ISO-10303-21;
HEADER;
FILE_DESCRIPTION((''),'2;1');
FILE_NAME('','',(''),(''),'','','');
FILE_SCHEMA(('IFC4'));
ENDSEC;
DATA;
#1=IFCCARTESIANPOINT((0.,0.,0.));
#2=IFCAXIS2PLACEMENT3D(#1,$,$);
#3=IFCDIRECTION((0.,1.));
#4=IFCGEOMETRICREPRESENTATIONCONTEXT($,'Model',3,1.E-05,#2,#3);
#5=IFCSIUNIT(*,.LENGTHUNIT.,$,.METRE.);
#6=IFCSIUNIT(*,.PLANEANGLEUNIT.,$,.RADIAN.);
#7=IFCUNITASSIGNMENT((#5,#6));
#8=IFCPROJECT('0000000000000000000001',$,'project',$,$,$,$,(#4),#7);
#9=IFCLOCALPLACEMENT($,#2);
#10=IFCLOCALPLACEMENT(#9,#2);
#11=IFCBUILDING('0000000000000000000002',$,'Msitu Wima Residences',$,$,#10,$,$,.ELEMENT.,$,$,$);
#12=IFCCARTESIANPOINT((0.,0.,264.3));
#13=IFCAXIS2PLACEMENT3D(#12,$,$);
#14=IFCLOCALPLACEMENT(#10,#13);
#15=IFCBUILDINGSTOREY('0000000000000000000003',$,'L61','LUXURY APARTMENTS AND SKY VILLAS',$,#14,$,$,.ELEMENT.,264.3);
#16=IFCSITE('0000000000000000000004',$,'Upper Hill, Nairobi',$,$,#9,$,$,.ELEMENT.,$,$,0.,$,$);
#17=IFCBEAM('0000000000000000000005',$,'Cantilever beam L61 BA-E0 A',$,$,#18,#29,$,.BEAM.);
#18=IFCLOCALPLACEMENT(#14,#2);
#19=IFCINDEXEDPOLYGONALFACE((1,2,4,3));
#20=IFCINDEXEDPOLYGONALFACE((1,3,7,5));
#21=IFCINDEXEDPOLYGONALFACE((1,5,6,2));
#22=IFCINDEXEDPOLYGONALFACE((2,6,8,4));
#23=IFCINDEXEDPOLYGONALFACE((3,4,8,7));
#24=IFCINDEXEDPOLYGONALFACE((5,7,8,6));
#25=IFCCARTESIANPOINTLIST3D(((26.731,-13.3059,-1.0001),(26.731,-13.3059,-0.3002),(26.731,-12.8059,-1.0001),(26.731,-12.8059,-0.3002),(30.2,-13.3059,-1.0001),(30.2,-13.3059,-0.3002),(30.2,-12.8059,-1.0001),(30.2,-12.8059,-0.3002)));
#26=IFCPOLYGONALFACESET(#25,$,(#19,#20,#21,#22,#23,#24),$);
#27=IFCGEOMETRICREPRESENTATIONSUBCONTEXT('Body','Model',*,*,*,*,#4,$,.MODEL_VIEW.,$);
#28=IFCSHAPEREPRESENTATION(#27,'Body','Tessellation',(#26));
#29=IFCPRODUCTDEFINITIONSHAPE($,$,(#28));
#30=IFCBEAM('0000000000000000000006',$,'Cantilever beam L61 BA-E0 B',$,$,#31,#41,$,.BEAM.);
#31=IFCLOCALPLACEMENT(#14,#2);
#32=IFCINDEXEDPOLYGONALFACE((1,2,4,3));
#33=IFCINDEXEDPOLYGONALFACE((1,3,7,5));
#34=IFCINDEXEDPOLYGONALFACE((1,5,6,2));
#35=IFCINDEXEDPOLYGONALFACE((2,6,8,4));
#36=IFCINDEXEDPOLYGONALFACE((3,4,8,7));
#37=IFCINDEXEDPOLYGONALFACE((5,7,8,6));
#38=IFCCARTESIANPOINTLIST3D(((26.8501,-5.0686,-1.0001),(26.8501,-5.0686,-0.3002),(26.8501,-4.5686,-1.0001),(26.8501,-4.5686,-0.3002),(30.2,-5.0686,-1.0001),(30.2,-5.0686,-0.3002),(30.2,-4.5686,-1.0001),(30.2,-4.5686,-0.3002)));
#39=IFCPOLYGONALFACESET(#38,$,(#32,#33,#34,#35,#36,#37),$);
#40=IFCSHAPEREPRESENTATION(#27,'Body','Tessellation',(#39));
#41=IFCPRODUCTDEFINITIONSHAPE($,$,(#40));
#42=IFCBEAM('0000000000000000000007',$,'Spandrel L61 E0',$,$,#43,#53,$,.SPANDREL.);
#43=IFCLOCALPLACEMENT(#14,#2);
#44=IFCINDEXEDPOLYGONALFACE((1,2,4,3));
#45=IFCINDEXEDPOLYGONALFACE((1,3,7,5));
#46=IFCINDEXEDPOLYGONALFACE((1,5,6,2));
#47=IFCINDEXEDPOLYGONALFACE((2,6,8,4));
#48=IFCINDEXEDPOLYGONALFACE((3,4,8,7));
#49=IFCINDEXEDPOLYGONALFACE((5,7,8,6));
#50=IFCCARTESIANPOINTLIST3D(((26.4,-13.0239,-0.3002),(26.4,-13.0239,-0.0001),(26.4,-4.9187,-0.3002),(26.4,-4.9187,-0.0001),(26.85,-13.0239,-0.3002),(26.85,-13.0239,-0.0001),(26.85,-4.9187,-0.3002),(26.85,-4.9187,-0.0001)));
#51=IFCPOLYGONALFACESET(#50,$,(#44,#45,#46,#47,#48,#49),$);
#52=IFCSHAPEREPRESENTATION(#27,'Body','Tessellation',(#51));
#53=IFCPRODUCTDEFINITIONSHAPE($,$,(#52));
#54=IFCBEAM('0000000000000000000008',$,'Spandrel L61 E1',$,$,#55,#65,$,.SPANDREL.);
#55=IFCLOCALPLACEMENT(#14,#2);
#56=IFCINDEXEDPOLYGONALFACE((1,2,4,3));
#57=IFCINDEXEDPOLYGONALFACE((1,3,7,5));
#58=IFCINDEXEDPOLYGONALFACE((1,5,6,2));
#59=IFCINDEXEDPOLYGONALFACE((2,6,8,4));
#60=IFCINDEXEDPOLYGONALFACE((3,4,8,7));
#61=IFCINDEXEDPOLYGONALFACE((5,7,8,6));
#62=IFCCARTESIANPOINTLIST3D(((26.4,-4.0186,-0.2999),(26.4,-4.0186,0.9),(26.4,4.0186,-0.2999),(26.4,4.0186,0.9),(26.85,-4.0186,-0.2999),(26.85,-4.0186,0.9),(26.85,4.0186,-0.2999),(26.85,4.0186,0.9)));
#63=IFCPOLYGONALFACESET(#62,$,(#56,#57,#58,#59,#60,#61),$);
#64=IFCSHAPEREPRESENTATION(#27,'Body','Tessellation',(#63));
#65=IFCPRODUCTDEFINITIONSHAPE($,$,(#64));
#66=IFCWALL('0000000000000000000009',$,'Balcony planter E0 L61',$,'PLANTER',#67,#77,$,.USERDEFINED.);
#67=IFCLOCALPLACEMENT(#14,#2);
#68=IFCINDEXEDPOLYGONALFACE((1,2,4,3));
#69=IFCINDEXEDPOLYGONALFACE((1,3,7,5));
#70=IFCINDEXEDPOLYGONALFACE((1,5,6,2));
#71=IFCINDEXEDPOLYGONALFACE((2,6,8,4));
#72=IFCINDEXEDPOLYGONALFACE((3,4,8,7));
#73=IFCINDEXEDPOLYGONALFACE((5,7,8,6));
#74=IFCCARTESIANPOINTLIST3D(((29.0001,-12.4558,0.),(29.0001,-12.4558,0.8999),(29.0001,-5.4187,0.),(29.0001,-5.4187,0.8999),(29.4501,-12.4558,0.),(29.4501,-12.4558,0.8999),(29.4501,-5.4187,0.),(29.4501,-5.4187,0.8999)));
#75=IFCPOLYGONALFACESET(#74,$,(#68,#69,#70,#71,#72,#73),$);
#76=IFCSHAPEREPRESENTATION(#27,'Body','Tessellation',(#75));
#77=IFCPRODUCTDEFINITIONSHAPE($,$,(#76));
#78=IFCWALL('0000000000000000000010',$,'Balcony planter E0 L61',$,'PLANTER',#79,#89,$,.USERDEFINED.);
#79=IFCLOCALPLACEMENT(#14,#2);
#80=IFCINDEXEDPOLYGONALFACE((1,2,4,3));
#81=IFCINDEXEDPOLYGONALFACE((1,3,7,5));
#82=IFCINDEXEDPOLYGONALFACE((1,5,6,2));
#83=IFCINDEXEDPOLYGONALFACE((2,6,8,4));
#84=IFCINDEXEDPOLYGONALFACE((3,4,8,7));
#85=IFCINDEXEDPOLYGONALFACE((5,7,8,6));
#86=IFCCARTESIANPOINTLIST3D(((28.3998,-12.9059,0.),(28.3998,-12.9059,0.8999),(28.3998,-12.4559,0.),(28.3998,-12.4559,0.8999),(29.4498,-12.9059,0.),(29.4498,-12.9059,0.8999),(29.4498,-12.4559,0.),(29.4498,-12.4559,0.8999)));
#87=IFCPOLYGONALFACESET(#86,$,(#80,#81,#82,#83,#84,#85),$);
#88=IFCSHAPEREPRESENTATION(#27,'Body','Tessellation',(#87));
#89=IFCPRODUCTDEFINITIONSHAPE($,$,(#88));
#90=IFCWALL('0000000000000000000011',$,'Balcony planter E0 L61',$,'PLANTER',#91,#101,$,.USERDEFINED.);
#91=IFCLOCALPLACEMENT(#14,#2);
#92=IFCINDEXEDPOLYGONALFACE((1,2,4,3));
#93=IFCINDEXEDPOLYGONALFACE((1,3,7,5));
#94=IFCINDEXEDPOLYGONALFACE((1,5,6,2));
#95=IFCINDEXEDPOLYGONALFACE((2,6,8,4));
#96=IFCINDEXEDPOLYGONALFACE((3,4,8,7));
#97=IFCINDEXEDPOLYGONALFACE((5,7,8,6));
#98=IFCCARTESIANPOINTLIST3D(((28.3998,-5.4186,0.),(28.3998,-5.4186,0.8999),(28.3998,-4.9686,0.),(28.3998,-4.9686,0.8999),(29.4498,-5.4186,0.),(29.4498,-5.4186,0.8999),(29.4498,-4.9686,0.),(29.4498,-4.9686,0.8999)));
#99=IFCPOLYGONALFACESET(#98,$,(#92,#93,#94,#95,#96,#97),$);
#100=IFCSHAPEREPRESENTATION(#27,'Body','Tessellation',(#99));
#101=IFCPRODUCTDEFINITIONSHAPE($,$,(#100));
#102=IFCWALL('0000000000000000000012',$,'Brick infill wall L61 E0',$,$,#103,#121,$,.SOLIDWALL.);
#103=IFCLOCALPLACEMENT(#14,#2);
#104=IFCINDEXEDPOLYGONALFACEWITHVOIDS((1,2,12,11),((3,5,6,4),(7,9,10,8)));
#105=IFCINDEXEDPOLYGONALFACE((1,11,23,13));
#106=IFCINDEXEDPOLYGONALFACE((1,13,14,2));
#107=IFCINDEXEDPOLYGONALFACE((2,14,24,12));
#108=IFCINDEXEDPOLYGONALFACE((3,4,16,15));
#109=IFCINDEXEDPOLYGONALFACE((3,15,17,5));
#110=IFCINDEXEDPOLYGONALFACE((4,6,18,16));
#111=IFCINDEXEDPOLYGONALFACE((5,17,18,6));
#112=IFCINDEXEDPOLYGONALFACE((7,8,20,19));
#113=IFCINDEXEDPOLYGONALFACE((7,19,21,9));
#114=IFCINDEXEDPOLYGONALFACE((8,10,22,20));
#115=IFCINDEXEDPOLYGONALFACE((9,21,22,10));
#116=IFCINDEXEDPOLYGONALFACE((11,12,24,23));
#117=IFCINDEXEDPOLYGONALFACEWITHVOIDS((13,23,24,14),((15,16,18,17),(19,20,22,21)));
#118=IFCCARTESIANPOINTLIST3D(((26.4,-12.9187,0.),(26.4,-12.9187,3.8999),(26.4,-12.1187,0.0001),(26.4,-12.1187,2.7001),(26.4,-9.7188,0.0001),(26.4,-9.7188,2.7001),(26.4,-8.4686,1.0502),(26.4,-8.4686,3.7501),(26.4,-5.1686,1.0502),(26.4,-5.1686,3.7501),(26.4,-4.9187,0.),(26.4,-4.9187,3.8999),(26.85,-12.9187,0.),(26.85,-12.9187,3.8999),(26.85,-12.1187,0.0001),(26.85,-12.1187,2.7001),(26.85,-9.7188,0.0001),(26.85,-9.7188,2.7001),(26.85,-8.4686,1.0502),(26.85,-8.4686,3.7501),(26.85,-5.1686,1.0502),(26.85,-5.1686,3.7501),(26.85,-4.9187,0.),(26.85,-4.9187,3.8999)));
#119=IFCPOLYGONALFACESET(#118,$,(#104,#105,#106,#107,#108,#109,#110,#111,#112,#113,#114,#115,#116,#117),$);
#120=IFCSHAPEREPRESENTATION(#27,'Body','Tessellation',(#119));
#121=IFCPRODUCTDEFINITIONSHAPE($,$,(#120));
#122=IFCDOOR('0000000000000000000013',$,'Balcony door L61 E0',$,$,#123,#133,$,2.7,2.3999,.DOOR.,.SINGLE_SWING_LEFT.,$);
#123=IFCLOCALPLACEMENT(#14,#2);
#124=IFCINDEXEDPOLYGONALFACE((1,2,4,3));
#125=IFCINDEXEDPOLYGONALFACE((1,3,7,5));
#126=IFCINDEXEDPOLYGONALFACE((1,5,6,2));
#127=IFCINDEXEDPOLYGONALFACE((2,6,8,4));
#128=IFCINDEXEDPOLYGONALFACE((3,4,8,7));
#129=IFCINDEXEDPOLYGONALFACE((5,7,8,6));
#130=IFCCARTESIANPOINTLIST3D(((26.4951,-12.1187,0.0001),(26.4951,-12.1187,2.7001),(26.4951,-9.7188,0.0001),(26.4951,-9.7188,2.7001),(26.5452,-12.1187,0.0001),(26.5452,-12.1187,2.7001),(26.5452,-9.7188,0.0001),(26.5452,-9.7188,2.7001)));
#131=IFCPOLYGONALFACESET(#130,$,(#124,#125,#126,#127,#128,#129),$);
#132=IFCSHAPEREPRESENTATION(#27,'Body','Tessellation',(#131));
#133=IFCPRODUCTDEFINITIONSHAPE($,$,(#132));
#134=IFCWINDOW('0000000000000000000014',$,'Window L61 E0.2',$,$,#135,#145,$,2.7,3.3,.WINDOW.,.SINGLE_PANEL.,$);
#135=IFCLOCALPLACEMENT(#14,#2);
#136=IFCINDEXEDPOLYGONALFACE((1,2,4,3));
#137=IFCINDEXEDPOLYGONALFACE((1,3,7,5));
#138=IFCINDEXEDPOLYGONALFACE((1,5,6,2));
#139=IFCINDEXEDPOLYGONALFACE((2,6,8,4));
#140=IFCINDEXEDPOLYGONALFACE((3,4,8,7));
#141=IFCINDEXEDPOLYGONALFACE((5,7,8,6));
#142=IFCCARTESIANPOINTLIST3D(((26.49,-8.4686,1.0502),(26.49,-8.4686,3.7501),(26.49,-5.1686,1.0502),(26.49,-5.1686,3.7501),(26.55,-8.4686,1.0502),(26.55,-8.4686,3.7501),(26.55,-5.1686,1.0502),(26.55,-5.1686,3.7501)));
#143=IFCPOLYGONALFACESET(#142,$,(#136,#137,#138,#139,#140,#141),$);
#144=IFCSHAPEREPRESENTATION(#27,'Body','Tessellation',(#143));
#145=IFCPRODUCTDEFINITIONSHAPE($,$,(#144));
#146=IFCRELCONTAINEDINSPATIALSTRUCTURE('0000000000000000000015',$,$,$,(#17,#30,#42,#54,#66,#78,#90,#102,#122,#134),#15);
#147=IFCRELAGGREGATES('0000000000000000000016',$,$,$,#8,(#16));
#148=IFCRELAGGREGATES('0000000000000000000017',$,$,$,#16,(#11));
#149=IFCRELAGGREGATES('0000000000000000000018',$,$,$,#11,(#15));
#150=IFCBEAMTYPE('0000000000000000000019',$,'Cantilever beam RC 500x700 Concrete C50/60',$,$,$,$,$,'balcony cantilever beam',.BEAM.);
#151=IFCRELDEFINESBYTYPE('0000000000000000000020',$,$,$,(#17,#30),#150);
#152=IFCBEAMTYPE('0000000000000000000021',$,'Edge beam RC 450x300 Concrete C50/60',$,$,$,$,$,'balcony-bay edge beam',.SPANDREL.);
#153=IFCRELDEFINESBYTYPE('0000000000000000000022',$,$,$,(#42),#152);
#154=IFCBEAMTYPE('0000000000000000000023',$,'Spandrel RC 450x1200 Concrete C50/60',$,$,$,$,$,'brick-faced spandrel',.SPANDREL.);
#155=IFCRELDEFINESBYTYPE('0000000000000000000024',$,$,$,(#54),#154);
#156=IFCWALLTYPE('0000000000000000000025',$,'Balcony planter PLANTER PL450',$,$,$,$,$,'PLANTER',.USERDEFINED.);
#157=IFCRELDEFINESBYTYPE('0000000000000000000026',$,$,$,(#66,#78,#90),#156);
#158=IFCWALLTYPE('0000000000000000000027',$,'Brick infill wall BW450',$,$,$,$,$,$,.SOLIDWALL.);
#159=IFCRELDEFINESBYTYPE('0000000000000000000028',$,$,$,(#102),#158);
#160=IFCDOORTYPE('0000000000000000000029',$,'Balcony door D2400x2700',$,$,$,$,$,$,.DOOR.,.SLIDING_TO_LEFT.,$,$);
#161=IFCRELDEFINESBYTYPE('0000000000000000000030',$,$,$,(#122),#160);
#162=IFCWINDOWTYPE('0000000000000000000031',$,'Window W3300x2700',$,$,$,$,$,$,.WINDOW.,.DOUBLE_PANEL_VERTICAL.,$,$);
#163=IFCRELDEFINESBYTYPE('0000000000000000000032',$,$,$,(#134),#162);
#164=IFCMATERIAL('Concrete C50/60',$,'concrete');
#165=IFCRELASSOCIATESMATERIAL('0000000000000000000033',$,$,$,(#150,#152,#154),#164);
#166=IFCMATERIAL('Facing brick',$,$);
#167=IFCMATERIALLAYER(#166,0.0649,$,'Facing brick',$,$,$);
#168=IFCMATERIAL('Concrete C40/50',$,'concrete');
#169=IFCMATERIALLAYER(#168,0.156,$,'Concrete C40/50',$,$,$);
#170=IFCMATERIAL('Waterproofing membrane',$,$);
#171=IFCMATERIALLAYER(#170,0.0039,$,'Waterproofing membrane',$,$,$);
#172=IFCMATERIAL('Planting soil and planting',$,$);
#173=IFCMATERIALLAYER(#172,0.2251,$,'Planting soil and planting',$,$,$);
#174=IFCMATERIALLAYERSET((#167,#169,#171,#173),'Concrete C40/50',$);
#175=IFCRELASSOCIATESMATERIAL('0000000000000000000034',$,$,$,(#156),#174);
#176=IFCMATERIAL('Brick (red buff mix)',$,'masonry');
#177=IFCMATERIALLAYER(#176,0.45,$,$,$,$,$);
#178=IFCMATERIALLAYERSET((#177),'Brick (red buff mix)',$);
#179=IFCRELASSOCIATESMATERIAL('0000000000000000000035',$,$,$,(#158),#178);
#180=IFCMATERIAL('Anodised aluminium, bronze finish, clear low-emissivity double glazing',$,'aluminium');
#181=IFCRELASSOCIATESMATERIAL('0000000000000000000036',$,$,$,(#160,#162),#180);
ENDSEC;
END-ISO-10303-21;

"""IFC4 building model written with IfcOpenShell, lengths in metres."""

from ifc_helpers import new_model, si_unit, direction, frame, frame_2d, origin, origin_2d, place, context, subcontext, project, spatial, rectangle, extrude, material, layer, layer_set, material_profile, profile_set, type_object, element, fill, save


model = new_model("IFC4")

# Units and contexts
model_context = context("Model", 3, precision=1e-05, world=origin(), true_north=direction((0.0, 1.0)))
body_context = subcontext(model_context, "Body", "Model", "MODEL_VIEW")
ifc_project = project(units=[si_unit("LENGTHUNIT", "METRE"), si_unit("PLANEANGLEUNIT", "RADIAN")], contexts=[model_context])

# Site, building, storey
site_placement = place(None, origin())
site = spatial("IfcSite", under=ifc_project, at=site_placement, Name="Upper Hill, Nairobi", CompositionType="ELEMENT", RefElevation=0.0)
building_placement = place(site_placement, origin())
building = spatial("IfcBuilding", under=site, at=building_placement, Name="Msitu Wima Residences", CompositionType="ELEMENT")
storey_placement = place(building_placement, frame((0.0, 0.0, 264.3)))
storey = spatial("IfcBuildingStorey", under=building, at=storey_placement, Name="L61", Description="LUXURY APARTMENTS AND SKY VILLAS", CompositionType="ELEMENT", Elevation=264.3)

# Beams
ifc_material_1 = material(Name="Concrete C50/60", Category="concrete")
ifc_material_profile_1 = material_profile(ifc_material_1, rectangle(XDim=0.5, YDim=0.7, at=origin_2d()), Name="RC 500x700")
ifc_profile_set_1 = profile_set([ifc_material_profile_1], Name="Concrete C50/60")
beam_type_1 = type_object("IfcBeamType", Name="Cantilever beam RC 500x700 Concrete C50/60", ElementType="balcony cantilever beam", PredefinedType="BEAM", material=ifc_profile_set_1)
beam_1_placement = place(storey_placement, frame((26.731, -13.0559, -0.6501), z_axis=(1.0, 0.0, 0.0), x_axis=(0.0, 1.0, 0.0)))
element("IfcBeam", 1, at=beam_1_placement, inside=storey, type_object=beam_type_1, Name="Cantilever beam L61 BA-E0 A", PredefinedType="BEAM", context=body_context, shape_type="SweptSolid", body=[
    extrude(rectangle(XDim=0.5, YDim=0.7, at=origin_2d()), origin(), (0.0, 0.0, 1.0), 3.469),
])
beam_2_placement = place(storey_placement, frame((26.8501, -4.8186, -0.6501), z_axis=(1.0, 0.0, 0.0), x_axis=(0.0, 1.0, 0.0)))
element("IfcBeam", 2, at=beam_2_placement, inside=storey, type_object=beam_type_1, Name="Cantilever beam L61 BA-E0 B", PredefinedType="BEAM", context=body_context, shape_type="SweptSolid", body=[
    extrude(rectangle(XDim=0.5, YDim=0.7, at=origin_2d()), origin(), (0.0, 0.0, 1.0), 3.3499),
])
ifc_material_profile_2 = material_profile(ifc_material_1, rectangle(XDim=0.45, YDim=0.3, at=origin_2d()), Name="RC 450x300")
ifc_profile_set_2 = profile_set([ifc_material_profile_2], Name="Concrete C50/60")
beam_type_2 = type_object("IfcBeamType", Name="Edge beam RC 450x300 Concrete C50/60", ElementType="balcony-bay edge beam", PredefinedType="SPANDREL", material=ifc_profile_set_2)
beam_3_placement = place(storey_placement, frame((26.625, -13.0239, -0.1501), z_axis=(0.0, 1.0, 0.0), x_axis=(-1.0, 0.0, 0.0)))
element("IfcBeam", 3, at=beam_3_placement, inside=storey, type_object=beam_type_2, Name="Spandrel L61 E0", PredefinedType="SPANDREL", context=body_context, shape_type="SweptSolid", body=[
    extrude(rectangle(XDim=0.45, YDim=0.3, at=origin_2d()), origin(), (0.0, 0.0, 1.0), 8.1052),
])
ifc_material_profile_3 = material_profile(ifc_material_1, rectangle(XDim=0.45, YDim=1.2, at=origin_2d()), Name="RC 450x1200")
ifc_profile_set_3 = profile_set([ifc_material_profile_3], Name="Concrete C50/60")
beam_type_3 = type_object("IfcBeamType", Name="Spandrel RC 450x1200 Concrete C50/60", ElementType="brick-faced spandrel", PredefinedType="SPANDREL", material=ifc_profile_set_3)
beam_4_placement = place(storey_placement, frame((26.625, -4.0186, 0.3), z_axis=(0.0, 1.0, 0.0), x_axis=(-1.0, 0.0, 0.0)))
element("IfcBeam", 4, at=beam_4_placement, inside=storey, type_object=beam_type_3, Name="Spandrel L61 E1", PredefinedType="SPANDREL", context=body_context, shape_type="SweptSolid", body=[
    extrude(rectangle(XDim=0.45, YDim=1.2, at=origin_2d()), origin(), (0.0, 0.0, 1.0), 8.0371),
])

# Walls
ifc_material_2 = material(Name="Facing brick")
ifc_layer_1 = layer(ifc_material_2, 0.0649, Name="Facing brick")
ifc_material_3 = material(Name="Concrete C40/50", Category="concrete")
ifc_layer_2 = layer(ifc_material_3, 0.156, Name="Concrete C40/50")
ifc_material_4 = material(Name="Waterproofing membrane")
ifc_layer_3 = layer(ifc_material_4, 0.0039, Name="Waterproofing membrane")
ifc_material_5 = material(Name="Planting soil and planting")
ifc_layer_4 = layer(ifc_material_5, 0.2251, Name="Planting soil and planting")
ifc_layer_set_1 = layer_set([ifc_layer_1, ifc_layer_2, ifc_layer_3, ifc_layer_4], Name="Concrete C40/50")
wall_type_1 = type_object("IfcWallType", Name="Balcony planter PLANTER PL450", ElementType="PLANTER", PredefinedType="USERDEFINED", material=ifc_layer_set_1)
wall_1_placement = place(storey_placement, frame((29.2251, -12.4558, 0.0), z_axis=(0.0, 0.0, 1.0), x_axis=(0.0, 1.0, 0.0)))
element("IfcWall", 5, at=wall_1_placement, inside=storey, type_object=wall_type_1, Name="Balcony planter E0 L61", ObjectType="PLANTER", PredefinedType="USERDEFINED", context=body_context, shape_type="SweptSolid", body=[
    extrude(rectangle(XDim=7.0371, YDim=0.45, at=frame_2d((3.5186, 0.0))), origin(), (0.0, 0.0, 1.0), 0.8999),
])
for number, where, z_axis, x_axis, name in (
    (6, (28.3999, -12.6809, 0.0), (0.0, 0.0, 1.0), (1.0, 0.0, 0.0), "Balcony planter E0 L61"),
    (7, (28.3999, -5.1936, 0.0), (0.0, 0.0, 1.0), (1.0, 0.0, 0.0), "Balcony planter E0 L61"),
):
    element("IfcWall", number, at=place(storey_placement, frame(where, z_axis=z_axis, x_axis=x_axis)), inside=storey, type_object=wall_type_1, Name=name, ObjectType="PLANTER", PredefinedType="USERDEFINED", context=body_context, shape_type="SweptSolid", body=[
        extrude(rectangle(XDim=1.05, YDim=0.45, at=frame_2d((0.5249, 0.0))), origin(), (0.0, 0.0, 1.0), 0.8999),
    ])

# Wall, openings, door, window
ifc_material_6 = material(Name="Brick (red buff mix)", Category="masonry")
ifc_layer_5 = layer(ifc_material_6, 0.45)
ifc_layer_set_2 = layer_set([ifc_layer_5], Name="Brick (red buff mix)")
wall_type_2 = type_object("IfcWallType", Name="Brick infill wall BW450", PredefinedType="SOLIDWALL", material=ifc_layer_set_2)
wall_2_placement = place(storey_placement, frame((26.625, -12.9187, 0.0), z_axis=(0.0, 0.0, 1.0), x_axis=(0.0, 1.0, 0.0)))
wall_2 = element("IfcWall", 8, at=wall_2_placement, inside=storey, type_object=wall_type_2, Name="Brick infill wall L61 E0", PredefinedType="SOLIDWALL", context=body_context, shape_type="SweptSolid", body=[
    extrude(rectangle(XDim=8.0, YDim=0.45, at=frame_2d((4.0, 0.0))), origin(), (0.0, 0.0, 1.0), 3.8999),
])
opening_1_placement = place(wall_2_placement, frame((0.8, 0.0, 0.0)))
opening_1 = element("IfcOpeningElement", 9, at=opening_1_placement, cuts=wall_2, PredefinedType="OPENING", context=body_context, shape_type="SweptSolid", body=[
    extrude(rectangle(XDim=2.3999, YDim=2.7, at=frame_2d((1.2, 1.3501))), frame((0.0, 0.2349, 0.0), z_axis=(0.0, -1.0, 0.0), x_axis=(1.0, 0.0, 0.0)), (0.0, 0.0, 1.0), 0.47),
])
opening_2_placement = place(wall_2_placement, frame((4.4502, 0.0, 1.05)))
opening_2 = element("IfcOpeningElement", 10, at=opening_2_placement, cuts=wall_2, PredefinedType="OPENING", context=body_context, shape_type="SweptSolid", body=[
    extrude(rectangle(XDim=3.3, YDim=2.7, at=frame_2d((1.6499, 1.3501))), frame((0.0, 0.2349, 0.0), z_axis=(0.0, -1.0, 0.0), x_axis=(1.0, 0.0, 0.0)), (0.0, 0.0, 1.0), 0.47),
])
ifc_material_7 = material(Name="Anodised aluminium, bronze finish, clear low-emissivity double glazing", Category="aluminium")
door_type = type_object("IfcDoorType", Name="Balcony door D2400x2700", OperationType="SLIDING_TO_LEFT", PredefinedType="DOOR", material=ifc_material_7)
door_placement = place(opening_1_placement, origin())
door = element("IfcDoor", 11, at=door_placement, inside=storey, type_object=door_type, Name="Balcony door L61 E0", OperationType="SINGLE_SWING_LEFT", OverallHeight=2.7, OverallWidth=2.3999, PredefinedType="DOOR", context=body_context, shape_type="SweptSolid", body=[
    extrude(rectangle(XDim=2.3999, YDim=2.7, at=frame_2d((1.2, 1.3501))), frame((0.0, 0.1299, 0.0), z_axis=(0.0, -1.0, 0.0), x_axis=(1.0, 0.0, 0.0)), (0.0, 0.0, 1.0), 0.05),
])
fill(opening_1, door)
window_type = type_object("IfcWindowType", Name="Window W3300x2700", PartitioningType="DOUBLE_PANEL_VERTICAL", PredefinedType="WINDOW", material=ifc_material_7)
window_1_placement = place(opening_2_placement, origin())
window_1 = element("IfcWindow", 12, at=window_1_placement, inside=storey, type_object=window_type, Name="Window L61 E0.2", OverallHeight=2.7, OverallWidth=3.3, PartitioningType="SINGLE_PANEL", PredefinedType="WINDOW", context=body_context, shape_type="SweptSolid", body=[
    extrude(rectangle(XDim=3.3, YDim=2.7, at=frame_2d((1.6499, 1.3501))), frame((0.0, 0.135, 0.0), z_axis=(0.0, -1.0, 0.0), x_axis=(1.0, 0.0, 0.0)), (0.0, 0.0, 1.0), 0.0601),
])
fill(opening_2, window_1)

save(model, "model.ifc")
